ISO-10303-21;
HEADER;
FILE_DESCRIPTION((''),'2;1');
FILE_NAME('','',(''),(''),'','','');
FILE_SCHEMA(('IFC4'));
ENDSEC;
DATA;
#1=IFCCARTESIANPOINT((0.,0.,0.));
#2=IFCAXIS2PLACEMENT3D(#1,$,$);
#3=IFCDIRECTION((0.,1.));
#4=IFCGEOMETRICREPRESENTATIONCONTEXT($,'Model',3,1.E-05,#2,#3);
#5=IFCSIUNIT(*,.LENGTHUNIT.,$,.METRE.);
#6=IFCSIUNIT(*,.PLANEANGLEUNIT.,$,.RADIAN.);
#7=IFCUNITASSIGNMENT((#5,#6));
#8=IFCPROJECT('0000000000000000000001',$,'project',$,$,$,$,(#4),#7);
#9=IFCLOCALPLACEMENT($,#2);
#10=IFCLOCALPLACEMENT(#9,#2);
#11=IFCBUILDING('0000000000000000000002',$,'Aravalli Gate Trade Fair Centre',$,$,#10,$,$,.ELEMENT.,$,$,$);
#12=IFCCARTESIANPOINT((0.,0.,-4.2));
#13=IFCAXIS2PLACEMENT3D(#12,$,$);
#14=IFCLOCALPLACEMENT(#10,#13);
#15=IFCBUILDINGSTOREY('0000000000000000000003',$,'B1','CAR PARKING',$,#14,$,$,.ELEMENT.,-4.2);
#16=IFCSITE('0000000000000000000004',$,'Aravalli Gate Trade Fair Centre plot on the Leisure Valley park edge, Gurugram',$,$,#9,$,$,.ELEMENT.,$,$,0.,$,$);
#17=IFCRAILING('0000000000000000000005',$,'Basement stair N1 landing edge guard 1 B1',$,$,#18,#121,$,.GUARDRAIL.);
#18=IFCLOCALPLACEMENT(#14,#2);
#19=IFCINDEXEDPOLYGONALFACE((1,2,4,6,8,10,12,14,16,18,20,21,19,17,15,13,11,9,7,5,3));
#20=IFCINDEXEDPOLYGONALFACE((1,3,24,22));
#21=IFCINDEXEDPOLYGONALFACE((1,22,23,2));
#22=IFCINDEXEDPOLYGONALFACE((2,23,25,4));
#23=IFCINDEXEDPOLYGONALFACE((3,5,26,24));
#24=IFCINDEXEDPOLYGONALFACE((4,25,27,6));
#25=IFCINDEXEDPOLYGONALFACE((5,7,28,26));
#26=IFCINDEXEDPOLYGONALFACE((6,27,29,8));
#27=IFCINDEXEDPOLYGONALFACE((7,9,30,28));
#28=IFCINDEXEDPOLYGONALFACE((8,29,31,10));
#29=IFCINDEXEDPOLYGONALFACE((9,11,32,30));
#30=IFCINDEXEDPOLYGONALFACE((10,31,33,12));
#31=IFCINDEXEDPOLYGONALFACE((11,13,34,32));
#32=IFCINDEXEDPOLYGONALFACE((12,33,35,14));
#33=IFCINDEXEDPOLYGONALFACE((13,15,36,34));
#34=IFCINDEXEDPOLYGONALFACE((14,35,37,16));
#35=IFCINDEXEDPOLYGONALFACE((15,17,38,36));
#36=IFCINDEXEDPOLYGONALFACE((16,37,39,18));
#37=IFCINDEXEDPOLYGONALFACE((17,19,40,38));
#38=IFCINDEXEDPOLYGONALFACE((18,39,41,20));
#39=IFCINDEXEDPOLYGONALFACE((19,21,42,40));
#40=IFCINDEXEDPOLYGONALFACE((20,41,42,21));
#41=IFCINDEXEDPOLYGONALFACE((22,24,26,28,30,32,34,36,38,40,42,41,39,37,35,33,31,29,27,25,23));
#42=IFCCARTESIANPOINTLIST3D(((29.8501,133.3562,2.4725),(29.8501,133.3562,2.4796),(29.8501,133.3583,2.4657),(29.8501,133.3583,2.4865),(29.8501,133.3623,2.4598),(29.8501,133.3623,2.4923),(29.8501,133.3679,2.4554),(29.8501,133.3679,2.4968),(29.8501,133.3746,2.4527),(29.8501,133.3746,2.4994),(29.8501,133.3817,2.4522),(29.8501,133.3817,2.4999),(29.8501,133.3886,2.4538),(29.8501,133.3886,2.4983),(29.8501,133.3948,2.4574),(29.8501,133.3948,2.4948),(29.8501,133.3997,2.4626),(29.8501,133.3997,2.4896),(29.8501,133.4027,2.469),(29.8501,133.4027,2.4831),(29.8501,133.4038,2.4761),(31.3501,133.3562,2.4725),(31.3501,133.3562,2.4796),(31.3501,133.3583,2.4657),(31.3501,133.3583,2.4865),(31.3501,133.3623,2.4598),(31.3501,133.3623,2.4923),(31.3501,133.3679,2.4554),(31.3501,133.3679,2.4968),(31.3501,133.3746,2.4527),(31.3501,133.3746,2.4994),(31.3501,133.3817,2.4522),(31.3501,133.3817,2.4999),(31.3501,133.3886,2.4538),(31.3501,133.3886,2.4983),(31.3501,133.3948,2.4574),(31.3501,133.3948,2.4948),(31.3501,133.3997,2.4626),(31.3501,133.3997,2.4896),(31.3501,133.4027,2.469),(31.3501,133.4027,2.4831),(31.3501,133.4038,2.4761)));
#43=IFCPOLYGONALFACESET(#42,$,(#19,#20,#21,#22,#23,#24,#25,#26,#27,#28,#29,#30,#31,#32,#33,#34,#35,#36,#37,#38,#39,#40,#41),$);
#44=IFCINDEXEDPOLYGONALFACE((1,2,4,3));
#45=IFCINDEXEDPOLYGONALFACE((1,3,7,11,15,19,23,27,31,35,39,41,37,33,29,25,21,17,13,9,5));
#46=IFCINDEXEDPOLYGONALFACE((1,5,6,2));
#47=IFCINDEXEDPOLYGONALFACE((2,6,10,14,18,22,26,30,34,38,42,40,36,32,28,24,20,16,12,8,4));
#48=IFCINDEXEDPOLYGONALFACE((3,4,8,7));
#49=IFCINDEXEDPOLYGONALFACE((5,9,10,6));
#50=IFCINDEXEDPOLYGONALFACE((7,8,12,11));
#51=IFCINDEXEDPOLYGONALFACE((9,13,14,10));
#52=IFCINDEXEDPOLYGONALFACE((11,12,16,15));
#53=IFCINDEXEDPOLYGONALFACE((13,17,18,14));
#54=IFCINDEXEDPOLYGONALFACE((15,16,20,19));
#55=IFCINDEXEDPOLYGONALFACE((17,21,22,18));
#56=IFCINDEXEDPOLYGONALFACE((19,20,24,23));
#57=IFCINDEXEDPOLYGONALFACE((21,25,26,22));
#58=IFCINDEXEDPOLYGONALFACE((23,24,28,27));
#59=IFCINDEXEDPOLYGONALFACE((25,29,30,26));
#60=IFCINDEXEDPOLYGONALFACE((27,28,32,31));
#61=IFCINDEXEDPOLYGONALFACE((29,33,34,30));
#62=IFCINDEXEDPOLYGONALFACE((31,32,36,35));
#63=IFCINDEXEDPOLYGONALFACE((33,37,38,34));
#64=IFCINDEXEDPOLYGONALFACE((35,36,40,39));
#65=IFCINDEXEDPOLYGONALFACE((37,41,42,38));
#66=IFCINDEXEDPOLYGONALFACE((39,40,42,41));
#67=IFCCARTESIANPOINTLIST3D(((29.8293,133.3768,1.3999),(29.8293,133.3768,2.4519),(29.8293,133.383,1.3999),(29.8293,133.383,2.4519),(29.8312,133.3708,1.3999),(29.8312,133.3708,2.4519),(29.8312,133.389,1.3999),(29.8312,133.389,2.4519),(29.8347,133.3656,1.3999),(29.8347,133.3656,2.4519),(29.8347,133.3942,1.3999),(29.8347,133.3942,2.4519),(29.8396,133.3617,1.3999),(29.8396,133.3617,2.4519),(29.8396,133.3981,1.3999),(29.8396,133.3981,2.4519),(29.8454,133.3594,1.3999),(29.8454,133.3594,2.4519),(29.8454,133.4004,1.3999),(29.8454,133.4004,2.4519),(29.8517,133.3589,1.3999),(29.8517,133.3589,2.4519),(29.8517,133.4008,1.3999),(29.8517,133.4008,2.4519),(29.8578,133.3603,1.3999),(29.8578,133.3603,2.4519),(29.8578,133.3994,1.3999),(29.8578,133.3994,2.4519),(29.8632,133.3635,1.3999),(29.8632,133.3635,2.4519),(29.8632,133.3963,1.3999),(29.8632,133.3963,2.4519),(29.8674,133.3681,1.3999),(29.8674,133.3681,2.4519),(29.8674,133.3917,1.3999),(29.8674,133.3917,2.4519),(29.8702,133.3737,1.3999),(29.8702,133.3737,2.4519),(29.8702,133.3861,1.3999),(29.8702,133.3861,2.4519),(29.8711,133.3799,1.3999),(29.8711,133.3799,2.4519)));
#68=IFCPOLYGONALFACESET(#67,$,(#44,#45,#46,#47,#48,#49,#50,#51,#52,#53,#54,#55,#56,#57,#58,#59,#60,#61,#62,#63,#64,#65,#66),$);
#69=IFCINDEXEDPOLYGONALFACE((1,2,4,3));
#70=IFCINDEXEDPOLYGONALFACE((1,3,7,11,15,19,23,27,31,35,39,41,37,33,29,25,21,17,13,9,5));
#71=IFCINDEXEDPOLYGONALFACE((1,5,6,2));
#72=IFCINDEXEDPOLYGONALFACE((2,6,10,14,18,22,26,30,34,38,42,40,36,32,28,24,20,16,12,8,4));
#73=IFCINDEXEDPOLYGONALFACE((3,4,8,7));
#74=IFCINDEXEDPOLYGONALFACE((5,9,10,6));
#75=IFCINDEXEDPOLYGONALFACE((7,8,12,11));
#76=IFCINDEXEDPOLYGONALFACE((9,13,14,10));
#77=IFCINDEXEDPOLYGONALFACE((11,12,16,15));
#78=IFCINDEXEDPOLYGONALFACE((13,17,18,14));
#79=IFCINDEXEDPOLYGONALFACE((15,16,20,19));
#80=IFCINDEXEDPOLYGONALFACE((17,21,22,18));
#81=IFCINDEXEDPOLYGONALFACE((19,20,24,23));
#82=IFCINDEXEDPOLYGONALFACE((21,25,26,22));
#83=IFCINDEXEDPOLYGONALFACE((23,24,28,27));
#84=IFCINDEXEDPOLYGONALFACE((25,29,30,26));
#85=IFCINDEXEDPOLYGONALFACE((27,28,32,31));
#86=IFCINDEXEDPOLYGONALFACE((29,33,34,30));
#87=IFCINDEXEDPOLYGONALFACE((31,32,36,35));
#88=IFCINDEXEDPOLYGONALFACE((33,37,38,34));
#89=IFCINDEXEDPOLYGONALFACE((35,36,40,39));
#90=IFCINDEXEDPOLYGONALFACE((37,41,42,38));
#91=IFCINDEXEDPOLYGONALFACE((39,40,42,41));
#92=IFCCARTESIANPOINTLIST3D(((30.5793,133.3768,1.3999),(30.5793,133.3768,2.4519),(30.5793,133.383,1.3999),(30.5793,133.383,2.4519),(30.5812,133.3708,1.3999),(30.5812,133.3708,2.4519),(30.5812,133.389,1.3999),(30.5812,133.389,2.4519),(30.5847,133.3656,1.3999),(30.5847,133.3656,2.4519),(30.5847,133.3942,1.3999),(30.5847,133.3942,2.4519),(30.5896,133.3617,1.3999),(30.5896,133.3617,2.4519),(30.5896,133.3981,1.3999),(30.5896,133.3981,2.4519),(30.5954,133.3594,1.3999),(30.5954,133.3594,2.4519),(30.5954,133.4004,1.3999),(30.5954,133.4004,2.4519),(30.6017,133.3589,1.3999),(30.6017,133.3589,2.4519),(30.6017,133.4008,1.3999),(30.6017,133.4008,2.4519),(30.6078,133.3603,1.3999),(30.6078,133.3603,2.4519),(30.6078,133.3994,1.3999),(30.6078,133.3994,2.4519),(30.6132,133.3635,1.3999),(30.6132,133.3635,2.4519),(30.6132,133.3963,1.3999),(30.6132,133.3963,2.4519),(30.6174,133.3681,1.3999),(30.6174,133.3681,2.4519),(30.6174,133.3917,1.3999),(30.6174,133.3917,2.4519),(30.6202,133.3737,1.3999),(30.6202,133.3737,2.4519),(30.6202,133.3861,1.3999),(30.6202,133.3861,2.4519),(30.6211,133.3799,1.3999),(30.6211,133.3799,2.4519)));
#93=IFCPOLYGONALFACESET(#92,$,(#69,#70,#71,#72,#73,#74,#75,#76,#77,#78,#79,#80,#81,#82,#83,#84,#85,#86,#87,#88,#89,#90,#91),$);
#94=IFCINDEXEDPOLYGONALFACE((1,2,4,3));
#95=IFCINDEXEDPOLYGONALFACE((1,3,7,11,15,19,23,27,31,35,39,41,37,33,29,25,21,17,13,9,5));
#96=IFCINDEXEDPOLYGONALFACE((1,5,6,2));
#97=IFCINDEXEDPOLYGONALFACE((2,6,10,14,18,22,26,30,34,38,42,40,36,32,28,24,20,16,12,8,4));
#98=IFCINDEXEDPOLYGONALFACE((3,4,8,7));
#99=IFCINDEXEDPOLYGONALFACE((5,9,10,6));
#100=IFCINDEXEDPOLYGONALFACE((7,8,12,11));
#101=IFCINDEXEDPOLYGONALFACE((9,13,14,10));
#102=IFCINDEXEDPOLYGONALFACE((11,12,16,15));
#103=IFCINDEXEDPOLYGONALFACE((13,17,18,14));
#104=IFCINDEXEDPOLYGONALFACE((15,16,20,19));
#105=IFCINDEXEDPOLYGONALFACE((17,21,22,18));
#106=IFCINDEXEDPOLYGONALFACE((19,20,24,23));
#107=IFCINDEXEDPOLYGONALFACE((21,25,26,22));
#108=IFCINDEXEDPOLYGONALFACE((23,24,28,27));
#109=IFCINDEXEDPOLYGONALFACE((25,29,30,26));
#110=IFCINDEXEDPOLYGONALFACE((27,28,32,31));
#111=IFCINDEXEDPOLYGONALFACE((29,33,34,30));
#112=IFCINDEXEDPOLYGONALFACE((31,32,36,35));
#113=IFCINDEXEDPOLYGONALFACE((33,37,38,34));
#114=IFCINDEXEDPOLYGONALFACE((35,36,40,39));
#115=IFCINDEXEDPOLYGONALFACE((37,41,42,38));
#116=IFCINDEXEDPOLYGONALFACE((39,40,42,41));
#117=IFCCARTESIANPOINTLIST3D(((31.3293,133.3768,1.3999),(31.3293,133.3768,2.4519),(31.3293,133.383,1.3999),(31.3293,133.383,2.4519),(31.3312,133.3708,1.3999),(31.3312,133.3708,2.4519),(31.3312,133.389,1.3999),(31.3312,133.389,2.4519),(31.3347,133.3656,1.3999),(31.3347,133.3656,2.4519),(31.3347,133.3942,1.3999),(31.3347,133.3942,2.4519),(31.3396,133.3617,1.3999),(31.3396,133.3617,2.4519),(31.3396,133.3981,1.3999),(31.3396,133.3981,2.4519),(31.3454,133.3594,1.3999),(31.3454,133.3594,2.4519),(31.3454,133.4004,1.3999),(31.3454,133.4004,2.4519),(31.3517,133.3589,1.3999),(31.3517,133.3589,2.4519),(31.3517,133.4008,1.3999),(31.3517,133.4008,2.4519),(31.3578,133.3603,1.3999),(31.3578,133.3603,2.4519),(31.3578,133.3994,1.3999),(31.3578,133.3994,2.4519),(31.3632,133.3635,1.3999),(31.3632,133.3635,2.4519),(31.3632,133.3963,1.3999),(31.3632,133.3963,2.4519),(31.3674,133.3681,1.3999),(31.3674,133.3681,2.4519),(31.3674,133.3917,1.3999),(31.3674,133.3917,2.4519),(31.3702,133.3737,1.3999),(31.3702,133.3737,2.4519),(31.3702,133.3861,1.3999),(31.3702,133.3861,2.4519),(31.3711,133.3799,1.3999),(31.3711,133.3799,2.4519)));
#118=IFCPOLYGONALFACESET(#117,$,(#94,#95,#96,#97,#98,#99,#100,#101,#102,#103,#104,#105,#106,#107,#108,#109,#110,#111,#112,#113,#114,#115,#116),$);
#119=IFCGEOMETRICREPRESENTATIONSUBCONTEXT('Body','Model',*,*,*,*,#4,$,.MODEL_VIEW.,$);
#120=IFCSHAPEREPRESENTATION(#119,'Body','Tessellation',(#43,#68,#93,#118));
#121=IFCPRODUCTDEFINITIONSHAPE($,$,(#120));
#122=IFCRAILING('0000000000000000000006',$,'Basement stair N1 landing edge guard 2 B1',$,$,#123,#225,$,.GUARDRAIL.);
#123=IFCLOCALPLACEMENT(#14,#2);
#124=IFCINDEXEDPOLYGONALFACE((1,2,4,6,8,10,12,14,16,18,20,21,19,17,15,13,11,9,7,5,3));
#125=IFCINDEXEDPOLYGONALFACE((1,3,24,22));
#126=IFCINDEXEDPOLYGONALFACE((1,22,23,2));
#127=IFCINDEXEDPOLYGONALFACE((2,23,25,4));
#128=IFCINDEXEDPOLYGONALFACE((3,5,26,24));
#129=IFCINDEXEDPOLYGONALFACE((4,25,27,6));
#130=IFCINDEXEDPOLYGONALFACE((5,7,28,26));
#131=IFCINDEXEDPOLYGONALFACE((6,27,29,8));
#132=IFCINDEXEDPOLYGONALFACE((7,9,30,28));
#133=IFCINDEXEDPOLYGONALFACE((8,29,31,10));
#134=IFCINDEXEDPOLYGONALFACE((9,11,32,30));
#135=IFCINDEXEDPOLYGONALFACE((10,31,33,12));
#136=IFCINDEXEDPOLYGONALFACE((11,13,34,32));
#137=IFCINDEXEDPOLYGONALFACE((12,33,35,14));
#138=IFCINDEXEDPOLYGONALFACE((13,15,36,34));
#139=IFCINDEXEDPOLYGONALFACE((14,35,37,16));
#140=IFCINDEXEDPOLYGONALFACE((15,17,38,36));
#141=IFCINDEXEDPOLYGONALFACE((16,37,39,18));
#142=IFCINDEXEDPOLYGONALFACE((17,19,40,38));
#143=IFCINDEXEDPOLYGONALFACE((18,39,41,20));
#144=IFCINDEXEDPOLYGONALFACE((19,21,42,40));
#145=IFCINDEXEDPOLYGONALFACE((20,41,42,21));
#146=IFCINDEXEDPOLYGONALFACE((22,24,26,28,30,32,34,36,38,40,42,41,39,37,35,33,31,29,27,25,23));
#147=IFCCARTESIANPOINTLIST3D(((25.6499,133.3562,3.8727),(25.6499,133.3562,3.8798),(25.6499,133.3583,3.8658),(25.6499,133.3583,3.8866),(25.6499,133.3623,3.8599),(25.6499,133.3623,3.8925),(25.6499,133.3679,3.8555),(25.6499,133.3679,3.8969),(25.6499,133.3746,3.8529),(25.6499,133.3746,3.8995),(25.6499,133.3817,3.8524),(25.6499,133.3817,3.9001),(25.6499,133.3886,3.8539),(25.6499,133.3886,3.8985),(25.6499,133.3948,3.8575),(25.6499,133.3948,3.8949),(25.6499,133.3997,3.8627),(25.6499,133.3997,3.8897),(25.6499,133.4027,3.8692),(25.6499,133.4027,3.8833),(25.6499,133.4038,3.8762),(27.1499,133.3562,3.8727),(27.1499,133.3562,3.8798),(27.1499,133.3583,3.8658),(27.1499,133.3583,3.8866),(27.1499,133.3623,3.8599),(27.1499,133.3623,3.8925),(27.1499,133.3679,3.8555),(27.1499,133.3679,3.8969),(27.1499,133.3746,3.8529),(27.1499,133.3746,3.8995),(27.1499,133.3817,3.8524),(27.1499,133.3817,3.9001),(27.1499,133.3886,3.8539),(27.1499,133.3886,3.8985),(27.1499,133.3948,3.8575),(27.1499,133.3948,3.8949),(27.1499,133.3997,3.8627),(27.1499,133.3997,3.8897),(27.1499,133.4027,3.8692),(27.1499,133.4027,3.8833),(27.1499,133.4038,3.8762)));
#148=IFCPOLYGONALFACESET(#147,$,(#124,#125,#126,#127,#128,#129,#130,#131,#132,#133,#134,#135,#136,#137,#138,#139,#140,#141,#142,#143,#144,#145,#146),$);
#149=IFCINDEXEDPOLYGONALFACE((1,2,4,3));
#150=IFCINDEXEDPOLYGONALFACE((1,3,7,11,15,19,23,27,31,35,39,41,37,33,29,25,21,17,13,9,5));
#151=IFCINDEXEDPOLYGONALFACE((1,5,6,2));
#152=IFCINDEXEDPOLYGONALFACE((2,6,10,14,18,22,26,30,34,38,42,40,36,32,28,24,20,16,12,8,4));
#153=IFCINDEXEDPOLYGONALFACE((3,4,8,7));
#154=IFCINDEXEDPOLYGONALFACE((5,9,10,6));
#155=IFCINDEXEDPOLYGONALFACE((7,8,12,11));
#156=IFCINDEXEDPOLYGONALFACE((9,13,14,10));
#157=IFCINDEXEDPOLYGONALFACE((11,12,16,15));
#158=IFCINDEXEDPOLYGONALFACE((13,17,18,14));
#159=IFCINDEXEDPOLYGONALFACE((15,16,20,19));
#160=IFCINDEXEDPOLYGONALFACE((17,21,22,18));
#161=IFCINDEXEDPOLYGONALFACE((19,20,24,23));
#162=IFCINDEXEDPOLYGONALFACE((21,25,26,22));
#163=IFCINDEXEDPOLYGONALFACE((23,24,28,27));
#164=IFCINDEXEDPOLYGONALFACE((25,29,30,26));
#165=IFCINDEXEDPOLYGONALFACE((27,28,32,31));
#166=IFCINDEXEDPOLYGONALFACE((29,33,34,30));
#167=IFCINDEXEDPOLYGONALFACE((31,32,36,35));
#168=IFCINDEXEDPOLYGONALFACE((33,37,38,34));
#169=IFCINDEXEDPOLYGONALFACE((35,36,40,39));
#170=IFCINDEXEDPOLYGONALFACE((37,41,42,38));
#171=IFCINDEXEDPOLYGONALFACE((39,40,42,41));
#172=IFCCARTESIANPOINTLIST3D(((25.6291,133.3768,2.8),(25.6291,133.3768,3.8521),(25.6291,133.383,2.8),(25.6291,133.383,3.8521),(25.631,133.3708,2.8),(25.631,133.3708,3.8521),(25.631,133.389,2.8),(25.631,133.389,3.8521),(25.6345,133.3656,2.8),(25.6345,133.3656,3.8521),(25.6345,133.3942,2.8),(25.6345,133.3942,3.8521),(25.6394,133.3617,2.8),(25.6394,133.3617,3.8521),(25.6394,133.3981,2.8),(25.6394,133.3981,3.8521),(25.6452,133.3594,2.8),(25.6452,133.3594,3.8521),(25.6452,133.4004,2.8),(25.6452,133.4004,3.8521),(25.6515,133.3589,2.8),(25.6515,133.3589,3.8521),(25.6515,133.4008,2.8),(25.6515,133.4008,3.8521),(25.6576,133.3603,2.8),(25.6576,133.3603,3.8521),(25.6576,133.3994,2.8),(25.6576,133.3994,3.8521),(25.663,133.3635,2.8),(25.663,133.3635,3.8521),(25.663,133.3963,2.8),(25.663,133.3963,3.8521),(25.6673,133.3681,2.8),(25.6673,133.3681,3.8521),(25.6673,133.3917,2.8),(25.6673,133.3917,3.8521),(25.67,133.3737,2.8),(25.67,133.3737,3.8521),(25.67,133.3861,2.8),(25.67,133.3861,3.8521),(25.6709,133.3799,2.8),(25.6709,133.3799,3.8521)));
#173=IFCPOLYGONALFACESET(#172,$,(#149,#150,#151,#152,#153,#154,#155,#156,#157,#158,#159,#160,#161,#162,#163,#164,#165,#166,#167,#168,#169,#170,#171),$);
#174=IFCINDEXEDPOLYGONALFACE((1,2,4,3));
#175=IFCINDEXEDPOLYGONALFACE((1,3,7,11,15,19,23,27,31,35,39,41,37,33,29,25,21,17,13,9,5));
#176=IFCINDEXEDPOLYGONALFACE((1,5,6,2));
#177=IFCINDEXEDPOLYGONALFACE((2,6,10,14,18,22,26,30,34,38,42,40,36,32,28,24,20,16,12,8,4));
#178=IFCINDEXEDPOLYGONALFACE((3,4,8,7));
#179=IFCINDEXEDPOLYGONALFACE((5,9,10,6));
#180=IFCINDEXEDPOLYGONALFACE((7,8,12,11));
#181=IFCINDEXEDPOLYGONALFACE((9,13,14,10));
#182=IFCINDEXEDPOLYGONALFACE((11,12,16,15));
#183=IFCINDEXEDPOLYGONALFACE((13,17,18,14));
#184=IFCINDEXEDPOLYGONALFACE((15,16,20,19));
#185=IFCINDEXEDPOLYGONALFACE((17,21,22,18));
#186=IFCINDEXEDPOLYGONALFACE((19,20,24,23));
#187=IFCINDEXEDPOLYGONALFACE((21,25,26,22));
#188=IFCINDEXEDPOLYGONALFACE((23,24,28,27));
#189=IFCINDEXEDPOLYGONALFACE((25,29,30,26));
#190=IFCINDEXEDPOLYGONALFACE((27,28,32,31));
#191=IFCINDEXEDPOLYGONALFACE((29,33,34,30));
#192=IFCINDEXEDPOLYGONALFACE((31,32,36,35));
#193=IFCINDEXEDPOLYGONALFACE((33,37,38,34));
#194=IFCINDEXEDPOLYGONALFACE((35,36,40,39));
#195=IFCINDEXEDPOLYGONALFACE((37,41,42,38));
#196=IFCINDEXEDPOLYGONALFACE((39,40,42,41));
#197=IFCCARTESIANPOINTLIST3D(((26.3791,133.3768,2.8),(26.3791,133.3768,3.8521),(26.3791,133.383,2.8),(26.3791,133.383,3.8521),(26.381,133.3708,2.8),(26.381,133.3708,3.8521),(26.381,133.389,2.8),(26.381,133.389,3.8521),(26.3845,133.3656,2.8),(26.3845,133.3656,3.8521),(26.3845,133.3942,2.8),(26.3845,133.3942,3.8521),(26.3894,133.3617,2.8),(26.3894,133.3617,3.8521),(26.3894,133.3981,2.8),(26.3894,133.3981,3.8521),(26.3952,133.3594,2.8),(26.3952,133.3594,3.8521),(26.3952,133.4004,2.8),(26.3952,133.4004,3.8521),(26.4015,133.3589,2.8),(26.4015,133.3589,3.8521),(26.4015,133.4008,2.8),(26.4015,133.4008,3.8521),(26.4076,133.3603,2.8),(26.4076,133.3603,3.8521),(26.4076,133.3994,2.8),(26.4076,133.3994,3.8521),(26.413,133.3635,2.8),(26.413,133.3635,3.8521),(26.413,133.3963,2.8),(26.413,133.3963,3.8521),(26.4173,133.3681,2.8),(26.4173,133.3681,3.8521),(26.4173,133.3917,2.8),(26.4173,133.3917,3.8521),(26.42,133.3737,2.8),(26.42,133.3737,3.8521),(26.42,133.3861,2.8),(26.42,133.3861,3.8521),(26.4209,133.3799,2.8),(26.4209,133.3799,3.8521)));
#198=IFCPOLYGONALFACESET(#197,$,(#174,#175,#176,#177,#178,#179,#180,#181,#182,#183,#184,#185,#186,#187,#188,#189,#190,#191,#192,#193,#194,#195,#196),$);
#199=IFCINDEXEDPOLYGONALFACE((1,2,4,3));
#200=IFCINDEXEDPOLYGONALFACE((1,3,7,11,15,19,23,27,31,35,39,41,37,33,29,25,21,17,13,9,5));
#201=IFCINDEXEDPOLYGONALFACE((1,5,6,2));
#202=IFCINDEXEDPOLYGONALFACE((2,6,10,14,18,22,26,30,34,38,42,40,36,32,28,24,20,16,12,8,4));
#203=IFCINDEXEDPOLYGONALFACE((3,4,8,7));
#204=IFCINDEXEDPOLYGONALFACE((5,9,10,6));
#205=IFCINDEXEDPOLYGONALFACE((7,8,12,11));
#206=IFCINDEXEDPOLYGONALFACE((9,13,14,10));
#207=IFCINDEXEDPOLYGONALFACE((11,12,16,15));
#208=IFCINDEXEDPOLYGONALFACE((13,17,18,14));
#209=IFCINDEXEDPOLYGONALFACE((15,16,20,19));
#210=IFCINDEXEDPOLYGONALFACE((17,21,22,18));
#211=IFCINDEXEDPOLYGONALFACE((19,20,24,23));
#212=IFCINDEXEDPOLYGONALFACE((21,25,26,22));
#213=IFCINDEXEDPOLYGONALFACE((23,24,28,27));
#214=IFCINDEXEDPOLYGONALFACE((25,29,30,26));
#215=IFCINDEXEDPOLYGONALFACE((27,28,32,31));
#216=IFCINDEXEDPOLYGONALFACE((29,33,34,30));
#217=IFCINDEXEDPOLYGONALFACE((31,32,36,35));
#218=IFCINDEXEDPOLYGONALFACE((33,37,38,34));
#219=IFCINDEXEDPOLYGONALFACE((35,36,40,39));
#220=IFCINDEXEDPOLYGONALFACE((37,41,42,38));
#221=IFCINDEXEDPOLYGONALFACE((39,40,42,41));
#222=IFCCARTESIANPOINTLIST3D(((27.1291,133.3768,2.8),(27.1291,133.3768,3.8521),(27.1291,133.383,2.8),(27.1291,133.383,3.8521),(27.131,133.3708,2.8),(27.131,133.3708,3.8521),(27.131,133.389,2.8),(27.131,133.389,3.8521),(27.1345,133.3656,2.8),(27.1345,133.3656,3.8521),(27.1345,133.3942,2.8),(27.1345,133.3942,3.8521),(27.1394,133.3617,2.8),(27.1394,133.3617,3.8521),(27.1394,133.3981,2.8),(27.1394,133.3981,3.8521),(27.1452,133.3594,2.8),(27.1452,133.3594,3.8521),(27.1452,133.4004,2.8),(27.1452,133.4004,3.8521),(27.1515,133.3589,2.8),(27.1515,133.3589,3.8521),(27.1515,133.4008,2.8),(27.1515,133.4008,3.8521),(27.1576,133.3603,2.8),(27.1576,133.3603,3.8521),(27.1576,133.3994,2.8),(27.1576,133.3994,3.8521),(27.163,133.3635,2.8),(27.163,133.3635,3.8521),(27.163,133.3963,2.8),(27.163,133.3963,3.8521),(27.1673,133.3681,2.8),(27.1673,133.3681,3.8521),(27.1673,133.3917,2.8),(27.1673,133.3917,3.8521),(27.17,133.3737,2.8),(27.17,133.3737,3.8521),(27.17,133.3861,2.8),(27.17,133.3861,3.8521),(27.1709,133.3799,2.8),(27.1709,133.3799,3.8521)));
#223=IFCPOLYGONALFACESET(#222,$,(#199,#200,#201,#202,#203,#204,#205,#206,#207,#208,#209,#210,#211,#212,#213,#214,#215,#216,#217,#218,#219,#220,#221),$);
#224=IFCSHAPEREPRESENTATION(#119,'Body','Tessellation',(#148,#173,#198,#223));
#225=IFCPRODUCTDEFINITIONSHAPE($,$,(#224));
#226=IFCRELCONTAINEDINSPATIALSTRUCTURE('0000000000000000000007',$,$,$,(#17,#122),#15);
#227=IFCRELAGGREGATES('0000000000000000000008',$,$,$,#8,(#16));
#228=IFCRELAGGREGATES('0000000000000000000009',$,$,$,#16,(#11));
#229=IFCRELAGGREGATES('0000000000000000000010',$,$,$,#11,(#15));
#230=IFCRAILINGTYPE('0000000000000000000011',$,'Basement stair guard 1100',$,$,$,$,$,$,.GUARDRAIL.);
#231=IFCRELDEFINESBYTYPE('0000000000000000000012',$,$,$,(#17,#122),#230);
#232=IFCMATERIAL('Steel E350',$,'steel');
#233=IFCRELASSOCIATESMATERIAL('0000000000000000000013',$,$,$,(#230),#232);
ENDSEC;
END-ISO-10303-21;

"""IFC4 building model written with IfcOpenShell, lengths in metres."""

from ifc_helpers import new_model, si_unit, direction, frame, origin, origin_2d, place, context, subcontext, project, spatial, circle, extrude, material, type_object, element, save


model = new_model("IFC4")

# Units and contexts
model_context = context("Model", 3, precision=1e-05, world=origin(), true_north=direction((0.0, 1.0)))
body_context = subcontext(model_context, "Body", "Model", "MODEL_VIEW")
ifc_project = project(units=[si_unit("LENGTHUNIT", "METRE"), si_unit("PLANEANGLEUNIT", "RADIAN")], contexts=[model_context])

# Site, building, storey
site_placement = place(None, origin())
site = spatial("IfcSite", under=ifc_project, at=site_placement, Name="Aravalli Gate Trade Fair Centre plot on the Leisure Valley park edge, Gurugram", CompositionType="ELEMENT", RefElevation=0.0)
building_placement = place(site_placement, origin())
building = spatial("IfcBuilding", under=site, at=building_placement, Name="Aravalli Gate Trade Fair Centre", CompositionType="ELEMENT")
storey_placement = place(building_placement, frame((0.0, 0.0, -4.2)))
storey = spatial("IfcBuildingStorey", under=building, at=storey_placement, Name="B1", Description="CAR PARKING", CompositionType="ELEMENT", Elevation=-4.2)

# Railings
ifc_material_1 = material(Name="Steel E350", Category="steel")
railing_type_1 = type_object("IfcRailingType", Name="Basement stair guard 1100", PredefinedType="GUARDRAIL", material=ifc_material_1)
for number, where, name in (
    (1, (29.8501, 133.3799, 1.3999), "Basement stair N1 landing edge guard 1 B1"),
    (2, (25.6499, 133.3799, 2.8), "Basement stair N1 landing edge guard 2 B1"),
):
    element("IfcRailing", number, at=place(storey_placement, frame(where)), inside=storey, type_object=railing_type_1, Name=name, PredefinedType="GUARDRAIL", context=body_context, shape_type="SweptSolid", body=[
        extrude(circle(Radius=0.0239, at=origin_2d()), frame((0.0, 0.0, 1.0762), z_axis=(1.0, 0.0, 0.0), x_axis=(0.0, 1.0, 0.0)), (0.0, 0.0, 1.0), 1.5),
        extrude(circle(Radius=0.021, at=origin_2d()), origin(), (0.0, 0.0, 1.0), 1.052),
        extrude(circle(Radius=0.021, at=origin_2d()), frame((0.75, 0.0, 0.0)), (0.0, 0.0, 1.0), 1.052),
        extrude(circle(Radius=0.021, at=origin_2d()), frame((1.5, 0.0, 0.0)), (0.0, 0.0, 1.0), 1.052),
    ])

save(model, "model.ifc")
